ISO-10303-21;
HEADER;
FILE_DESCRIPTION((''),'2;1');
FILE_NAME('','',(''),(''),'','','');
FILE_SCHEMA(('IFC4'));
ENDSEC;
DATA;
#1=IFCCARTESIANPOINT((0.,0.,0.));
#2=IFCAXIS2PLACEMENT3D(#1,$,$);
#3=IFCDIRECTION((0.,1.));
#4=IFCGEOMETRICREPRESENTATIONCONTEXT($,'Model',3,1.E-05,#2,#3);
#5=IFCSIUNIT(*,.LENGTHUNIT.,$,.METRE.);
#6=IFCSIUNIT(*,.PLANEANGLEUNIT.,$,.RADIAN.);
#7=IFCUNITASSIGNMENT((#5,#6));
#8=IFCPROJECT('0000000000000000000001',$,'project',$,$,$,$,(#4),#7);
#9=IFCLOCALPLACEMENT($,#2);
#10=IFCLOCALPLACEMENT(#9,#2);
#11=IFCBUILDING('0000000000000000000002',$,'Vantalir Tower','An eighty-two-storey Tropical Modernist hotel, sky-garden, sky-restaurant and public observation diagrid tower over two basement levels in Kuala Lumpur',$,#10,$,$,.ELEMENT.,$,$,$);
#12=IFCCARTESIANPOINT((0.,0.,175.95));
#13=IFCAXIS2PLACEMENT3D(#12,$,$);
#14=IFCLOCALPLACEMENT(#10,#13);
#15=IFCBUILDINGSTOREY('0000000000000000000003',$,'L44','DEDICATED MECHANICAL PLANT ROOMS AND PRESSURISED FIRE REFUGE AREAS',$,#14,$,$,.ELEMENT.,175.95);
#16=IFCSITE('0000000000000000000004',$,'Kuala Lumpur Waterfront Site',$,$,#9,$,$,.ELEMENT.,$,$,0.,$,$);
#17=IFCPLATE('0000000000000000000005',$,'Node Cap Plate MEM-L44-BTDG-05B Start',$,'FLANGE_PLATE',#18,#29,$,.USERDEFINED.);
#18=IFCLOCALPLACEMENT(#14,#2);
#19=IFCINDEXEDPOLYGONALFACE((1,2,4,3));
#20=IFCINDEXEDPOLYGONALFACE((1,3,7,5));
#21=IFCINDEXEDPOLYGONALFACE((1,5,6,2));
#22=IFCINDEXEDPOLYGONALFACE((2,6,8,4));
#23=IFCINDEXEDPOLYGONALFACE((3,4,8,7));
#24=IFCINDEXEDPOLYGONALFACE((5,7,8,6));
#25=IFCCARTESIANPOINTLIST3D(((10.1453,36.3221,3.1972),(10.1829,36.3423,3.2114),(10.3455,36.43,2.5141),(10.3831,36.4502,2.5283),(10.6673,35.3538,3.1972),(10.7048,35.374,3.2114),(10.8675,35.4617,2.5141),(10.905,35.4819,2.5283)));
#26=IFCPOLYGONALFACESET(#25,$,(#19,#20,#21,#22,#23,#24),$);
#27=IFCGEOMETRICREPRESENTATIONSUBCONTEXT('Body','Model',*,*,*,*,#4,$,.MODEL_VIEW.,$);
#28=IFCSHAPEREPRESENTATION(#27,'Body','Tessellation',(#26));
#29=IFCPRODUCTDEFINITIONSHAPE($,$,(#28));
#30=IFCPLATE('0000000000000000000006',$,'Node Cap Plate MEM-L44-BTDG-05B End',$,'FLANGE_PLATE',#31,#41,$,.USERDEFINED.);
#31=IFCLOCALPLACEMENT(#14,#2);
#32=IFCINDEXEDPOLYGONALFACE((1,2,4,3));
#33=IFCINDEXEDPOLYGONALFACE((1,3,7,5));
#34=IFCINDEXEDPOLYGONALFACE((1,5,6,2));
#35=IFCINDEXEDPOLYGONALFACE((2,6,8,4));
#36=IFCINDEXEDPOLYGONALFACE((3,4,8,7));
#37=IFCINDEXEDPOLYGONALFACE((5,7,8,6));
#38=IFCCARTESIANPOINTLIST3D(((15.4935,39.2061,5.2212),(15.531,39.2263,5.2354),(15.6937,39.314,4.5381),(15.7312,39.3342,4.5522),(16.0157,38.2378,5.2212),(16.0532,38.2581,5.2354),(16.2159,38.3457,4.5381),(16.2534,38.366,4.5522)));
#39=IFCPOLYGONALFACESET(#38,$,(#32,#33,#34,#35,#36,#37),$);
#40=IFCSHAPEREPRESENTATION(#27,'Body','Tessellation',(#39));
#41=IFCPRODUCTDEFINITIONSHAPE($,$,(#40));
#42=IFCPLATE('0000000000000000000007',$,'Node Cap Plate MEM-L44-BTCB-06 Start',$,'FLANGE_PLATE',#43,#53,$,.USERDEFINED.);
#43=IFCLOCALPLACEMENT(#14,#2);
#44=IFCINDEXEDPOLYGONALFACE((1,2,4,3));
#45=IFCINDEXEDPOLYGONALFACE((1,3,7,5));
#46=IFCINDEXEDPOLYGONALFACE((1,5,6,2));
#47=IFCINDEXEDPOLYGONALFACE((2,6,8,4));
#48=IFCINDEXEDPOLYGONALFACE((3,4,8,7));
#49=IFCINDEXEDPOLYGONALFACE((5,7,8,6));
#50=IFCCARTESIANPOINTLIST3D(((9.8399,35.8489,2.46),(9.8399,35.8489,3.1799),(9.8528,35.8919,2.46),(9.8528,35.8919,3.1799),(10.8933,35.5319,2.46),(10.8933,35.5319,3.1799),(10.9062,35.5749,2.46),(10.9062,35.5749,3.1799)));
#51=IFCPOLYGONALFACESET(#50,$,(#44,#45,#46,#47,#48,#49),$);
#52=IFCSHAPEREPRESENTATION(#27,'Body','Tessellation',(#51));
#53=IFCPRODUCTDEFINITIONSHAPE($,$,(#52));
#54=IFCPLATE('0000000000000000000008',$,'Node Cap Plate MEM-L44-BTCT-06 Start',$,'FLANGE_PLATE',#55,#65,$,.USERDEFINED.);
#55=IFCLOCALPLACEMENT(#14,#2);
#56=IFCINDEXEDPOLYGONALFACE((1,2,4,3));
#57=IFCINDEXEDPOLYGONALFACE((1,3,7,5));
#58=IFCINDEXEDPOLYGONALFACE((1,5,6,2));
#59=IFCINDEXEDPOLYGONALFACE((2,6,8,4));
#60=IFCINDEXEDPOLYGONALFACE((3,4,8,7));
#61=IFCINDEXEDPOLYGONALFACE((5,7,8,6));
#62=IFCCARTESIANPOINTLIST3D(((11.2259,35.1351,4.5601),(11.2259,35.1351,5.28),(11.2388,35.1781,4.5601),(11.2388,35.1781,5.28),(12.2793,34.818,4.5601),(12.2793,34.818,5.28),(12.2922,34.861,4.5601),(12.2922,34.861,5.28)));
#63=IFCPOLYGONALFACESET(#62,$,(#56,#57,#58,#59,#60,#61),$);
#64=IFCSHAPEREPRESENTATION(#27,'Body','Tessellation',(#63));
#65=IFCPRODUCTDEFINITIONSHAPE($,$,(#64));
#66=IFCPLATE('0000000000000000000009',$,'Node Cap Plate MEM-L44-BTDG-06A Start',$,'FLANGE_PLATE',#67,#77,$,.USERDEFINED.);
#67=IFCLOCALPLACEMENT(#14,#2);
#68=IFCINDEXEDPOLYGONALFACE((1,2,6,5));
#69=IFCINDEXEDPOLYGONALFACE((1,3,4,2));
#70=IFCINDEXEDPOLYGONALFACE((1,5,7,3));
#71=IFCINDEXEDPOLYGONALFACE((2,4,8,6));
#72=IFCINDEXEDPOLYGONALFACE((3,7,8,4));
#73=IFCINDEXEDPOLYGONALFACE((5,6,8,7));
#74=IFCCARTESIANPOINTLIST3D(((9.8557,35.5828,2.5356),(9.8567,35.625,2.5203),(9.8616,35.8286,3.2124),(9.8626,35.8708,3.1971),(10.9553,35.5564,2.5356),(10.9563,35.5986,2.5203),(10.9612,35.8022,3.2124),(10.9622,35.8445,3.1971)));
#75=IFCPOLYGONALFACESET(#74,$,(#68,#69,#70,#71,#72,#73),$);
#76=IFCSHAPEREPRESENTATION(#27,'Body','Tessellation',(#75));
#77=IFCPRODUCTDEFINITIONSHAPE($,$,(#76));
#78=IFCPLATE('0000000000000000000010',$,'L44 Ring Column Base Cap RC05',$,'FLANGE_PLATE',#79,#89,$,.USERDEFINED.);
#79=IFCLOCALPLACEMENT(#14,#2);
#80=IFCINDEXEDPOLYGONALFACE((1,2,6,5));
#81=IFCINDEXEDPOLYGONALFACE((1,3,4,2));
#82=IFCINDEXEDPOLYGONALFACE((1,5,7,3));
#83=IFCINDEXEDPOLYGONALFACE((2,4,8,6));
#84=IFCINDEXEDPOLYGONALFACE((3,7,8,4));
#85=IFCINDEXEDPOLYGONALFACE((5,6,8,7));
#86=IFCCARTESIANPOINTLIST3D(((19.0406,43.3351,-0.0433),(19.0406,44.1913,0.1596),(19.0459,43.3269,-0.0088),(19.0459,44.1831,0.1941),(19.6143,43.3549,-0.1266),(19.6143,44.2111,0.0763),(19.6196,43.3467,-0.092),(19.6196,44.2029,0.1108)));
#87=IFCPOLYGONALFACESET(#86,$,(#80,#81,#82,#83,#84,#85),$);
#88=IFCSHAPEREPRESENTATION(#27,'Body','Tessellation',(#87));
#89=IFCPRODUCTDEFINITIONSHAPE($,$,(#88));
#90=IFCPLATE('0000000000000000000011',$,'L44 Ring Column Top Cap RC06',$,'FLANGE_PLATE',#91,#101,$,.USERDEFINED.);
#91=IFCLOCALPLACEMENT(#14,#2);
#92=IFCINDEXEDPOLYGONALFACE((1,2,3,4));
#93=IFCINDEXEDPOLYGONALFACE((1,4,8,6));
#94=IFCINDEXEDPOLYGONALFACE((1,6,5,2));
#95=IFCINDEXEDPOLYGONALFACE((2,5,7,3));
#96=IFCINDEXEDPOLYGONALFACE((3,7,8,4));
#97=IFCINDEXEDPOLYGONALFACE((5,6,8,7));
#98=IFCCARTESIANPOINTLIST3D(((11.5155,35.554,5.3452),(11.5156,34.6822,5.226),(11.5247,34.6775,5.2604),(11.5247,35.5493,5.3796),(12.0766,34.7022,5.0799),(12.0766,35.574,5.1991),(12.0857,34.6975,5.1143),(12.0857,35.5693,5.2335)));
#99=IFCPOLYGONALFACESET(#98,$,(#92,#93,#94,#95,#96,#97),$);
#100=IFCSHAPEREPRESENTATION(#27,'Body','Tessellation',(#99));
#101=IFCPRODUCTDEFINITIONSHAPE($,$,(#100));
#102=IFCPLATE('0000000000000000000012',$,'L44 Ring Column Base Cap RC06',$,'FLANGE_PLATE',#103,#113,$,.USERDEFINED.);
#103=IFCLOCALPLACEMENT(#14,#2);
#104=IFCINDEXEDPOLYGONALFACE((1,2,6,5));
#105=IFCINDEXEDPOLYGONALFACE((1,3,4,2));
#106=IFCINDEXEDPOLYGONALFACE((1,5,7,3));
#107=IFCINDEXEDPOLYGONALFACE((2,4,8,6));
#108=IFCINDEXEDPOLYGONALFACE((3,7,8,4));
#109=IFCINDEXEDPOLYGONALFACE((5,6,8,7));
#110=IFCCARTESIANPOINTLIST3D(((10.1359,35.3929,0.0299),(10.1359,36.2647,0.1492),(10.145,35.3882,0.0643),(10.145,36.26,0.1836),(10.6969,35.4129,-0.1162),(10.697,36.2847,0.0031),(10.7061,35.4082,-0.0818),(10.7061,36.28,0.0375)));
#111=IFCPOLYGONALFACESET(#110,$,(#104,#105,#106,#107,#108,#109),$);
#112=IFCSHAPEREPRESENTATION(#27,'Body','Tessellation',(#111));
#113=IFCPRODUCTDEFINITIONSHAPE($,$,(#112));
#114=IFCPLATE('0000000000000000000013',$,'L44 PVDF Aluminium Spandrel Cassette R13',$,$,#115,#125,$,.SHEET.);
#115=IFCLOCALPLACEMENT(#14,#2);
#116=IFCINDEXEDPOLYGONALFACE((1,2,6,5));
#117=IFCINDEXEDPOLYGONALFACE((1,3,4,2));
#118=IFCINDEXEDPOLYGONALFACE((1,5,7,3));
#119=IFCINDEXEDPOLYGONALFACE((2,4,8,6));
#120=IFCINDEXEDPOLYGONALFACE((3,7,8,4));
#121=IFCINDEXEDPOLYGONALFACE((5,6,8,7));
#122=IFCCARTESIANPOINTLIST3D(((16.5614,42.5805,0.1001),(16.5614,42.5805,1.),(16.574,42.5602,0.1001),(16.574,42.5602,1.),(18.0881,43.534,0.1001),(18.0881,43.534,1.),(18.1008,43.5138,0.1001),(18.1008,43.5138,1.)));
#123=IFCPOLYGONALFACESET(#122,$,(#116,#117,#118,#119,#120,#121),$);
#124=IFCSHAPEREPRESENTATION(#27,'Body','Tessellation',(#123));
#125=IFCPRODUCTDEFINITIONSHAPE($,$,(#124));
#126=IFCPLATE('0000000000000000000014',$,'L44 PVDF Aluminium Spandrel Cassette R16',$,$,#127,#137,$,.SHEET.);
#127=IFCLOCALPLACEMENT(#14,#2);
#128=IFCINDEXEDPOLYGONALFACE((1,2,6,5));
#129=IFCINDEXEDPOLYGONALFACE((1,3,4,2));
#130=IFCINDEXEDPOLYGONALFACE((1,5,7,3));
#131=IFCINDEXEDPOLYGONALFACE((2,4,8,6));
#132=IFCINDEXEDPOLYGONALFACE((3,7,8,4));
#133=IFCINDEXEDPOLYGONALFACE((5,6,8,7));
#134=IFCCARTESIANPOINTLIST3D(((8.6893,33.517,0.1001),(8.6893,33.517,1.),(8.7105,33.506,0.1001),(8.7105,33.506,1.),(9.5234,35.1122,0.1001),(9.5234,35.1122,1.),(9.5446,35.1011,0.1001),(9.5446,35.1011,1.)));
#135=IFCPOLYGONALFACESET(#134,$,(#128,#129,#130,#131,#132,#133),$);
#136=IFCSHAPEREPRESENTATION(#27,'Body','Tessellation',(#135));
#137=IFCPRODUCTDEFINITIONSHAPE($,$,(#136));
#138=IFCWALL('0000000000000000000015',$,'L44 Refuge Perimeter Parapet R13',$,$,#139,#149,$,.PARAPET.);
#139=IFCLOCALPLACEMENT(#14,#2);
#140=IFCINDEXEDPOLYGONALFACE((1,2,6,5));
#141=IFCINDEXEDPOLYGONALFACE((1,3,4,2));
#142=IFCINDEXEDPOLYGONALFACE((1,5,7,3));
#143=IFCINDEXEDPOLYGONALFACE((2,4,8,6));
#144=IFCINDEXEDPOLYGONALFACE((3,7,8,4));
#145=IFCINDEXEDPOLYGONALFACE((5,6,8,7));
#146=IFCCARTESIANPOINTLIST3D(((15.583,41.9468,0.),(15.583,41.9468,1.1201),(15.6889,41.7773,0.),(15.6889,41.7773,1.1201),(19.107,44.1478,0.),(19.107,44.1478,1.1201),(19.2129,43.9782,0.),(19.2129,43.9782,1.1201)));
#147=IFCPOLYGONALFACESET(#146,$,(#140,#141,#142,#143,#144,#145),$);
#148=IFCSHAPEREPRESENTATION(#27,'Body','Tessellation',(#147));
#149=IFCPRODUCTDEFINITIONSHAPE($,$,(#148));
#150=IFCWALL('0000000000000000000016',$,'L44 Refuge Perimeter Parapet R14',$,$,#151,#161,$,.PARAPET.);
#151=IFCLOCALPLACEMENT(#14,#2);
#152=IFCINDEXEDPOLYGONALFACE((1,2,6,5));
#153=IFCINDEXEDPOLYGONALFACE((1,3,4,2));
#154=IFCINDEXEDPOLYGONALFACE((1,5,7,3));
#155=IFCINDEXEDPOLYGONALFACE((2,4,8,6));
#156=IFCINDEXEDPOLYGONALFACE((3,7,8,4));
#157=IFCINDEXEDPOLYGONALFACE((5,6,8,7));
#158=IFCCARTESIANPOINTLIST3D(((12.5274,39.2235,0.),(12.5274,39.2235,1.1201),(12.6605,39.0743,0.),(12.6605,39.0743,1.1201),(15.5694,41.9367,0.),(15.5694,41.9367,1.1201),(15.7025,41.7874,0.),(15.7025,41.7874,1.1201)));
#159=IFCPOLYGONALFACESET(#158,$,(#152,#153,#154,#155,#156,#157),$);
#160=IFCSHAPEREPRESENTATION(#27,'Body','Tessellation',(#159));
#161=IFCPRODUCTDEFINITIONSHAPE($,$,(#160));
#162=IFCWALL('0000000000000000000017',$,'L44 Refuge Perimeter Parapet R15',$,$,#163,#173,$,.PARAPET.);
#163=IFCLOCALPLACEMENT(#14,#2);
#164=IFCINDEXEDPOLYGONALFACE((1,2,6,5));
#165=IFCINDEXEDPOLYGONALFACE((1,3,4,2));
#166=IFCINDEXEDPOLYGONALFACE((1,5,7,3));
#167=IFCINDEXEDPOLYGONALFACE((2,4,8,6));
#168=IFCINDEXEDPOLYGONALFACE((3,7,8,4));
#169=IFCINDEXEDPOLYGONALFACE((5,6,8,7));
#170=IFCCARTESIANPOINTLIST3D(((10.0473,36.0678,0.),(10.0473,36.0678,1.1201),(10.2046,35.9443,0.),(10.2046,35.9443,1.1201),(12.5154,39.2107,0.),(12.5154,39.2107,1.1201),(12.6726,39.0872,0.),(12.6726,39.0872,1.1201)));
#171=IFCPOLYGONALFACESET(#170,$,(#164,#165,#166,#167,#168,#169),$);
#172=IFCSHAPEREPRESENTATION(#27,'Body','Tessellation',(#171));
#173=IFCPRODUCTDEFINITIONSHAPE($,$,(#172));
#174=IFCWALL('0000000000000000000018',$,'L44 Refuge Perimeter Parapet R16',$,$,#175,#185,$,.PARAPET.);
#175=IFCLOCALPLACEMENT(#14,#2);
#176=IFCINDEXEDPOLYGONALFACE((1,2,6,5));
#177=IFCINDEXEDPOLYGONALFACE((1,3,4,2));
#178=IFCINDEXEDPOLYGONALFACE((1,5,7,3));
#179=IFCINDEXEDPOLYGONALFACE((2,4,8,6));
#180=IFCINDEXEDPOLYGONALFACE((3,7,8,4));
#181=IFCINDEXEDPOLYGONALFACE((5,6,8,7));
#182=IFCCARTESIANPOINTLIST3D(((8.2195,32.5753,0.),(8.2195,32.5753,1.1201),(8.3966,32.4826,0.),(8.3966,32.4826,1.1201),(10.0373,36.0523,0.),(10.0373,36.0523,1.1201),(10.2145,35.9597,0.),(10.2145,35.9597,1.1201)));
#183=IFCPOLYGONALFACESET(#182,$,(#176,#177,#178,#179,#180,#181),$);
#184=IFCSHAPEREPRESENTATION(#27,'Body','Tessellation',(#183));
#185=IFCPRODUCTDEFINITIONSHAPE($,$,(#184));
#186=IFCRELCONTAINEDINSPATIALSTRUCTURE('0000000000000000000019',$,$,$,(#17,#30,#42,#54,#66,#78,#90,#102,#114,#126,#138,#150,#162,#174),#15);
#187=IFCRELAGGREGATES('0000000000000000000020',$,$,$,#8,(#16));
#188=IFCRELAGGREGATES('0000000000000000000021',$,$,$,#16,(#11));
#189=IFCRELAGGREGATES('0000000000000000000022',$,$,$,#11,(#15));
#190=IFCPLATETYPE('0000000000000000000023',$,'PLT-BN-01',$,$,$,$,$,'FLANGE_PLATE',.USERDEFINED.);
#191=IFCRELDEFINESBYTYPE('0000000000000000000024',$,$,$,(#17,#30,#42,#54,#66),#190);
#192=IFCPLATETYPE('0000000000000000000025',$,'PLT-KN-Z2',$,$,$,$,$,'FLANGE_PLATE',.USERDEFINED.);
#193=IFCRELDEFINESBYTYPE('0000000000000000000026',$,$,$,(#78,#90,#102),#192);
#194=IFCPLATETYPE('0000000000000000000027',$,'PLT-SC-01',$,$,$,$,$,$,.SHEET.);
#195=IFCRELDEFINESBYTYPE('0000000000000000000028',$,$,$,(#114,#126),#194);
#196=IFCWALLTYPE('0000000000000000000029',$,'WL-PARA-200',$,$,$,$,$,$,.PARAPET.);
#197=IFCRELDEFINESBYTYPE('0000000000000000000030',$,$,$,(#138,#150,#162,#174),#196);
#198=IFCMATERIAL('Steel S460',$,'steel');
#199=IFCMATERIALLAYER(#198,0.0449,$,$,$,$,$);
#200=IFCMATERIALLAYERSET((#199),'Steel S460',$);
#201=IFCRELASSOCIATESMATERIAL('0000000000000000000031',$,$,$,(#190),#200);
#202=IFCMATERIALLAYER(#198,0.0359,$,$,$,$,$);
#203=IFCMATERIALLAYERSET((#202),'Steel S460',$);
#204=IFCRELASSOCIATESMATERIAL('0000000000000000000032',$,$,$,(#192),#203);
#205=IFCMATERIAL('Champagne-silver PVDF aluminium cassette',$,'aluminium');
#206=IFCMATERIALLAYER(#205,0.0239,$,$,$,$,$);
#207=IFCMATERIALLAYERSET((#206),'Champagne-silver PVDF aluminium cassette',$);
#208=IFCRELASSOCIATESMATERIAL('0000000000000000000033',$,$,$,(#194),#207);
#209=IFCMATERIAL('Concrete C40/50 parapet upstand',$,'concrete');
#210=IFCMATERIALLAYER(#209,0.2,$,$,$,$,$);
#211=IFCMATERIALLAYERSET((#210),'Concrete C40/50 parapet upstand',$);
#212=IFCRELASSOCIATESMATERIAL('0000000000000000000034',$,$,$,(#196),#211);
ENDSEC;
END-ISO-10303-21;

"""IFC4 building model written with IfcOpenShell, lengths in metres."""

from ifc_helpers import new_model, si_unit, direction, frame, frame_2d, origin, origin_2d, place, context, subcontext, project, spatial, polyline, rectangle, outline, extrude, material, layer, layer_set, type_object, element, save


model = new_model("IFC4")

# Units and contexts
model_context = context("Model", 3, precision=1e-05, world=origin(), true_north=direction((0.0, 1.0)))
body_context = subcontext(model_context, "Body", "Model", "MODEL_VIEW")
ifc_project = project(units=[si_unit("LENGTHUNIT", "METRE"), si_unit("PLANEANGLEUNIT", "RADIAN")], contexts=[model_context])

# Site, building, storey
site_placement = place(None, origin())
site = spatial("IfcSite", under=ifc_project, at=site_placement, Name="Kuala Lumpur Waterfront Site", CompositionType="ELEMENT", RefElevation=0.0)
building_placement = place(site_placement, origin())
building = spatial("IfcBuilding", under=site, at=building_placement, Name="Vantalir Tower", Description="An eighty-two-storey Tropical Modernist hotel, sky-garden, sky-restaurant and public observation diagrid tower over two basement levels in Kuala Lumpur", CompositionType="ELEMENT")
storey_placement = place(building_placement, frame((0.0, 0.0, 175.95)))
storey = spatial("IfcBuildingStorey", under=building, at=storey_placement, Name="L44", Description="DEDICATED MECHANICAL PLANT ROOMS AND PRESSURISED FIRE REFUGE AREAS", CompositionType="ELEMENT", Elevation=175.95)

# Shared definitions
ifc_material_1 = material(Name="Steel S460", Category="steel")

# Plates
ifc_layer_1 = layer(ifc_material_1, 0.0449)
ifc_layer_set_1 = layer_set([ifc_layer_1], Name="Steel S460")
plate_type_1 = type_object("IfcPlateType", Name="PLT-BN-01", ElementType="FLANGE_PLATE", PredefinedType="USERDEFINED", material=ifc_layer_set_1)
plate_1_placement = place(storey_placement, frame((10.905, 35.4819, 2.5283), z_axis=(0.835173, 0.450227, 0.315883), x_axis=(-0.474523, 0.880243, 0.0)))
element("IfcPlate", 1, at=plate_1_placement, inside=storey, type_object=plate_type_1, Name="Node Cap Plate MEM-L44-BTDG-05B Start", ObjectType="FLANGE_PLATE", PredefinedType="USERDEFINED", context=body_context, shape_type="SweptSolid", body=[
    extrude(outline(polyline([(0.0, 0.0), (1.1, 0.0), (1.1, 0.72), (0.0, 0.72), (0.0, 0.0)])), origin(), (0.0, 0.0, -1.0), 0.0449),
])
plate_2_placement = place(storey_placement, frame((16.2534, 38.366, 4.5522), z_axis=(0.835085, 0.45039, 0.315883), x_axis=(-0.474695, 0.88015, 0.0)))
element("IfcPlate", 2, at=plate_2_placement, inside=storey, type_object=plate_type_1, Name="Node Cap Plate MEM-L44-BTDG-05B End", ObjectType="FLANGE_PLATE", PredefinedType="USERDEFINED", context=body_context, shape_type="SweptSolid", body=[
    extrude(outline(polyline([(0.0, 0.0), (1.1001, 0.0), (1.1002, 0.72), (0.0001, 0.72), (0.0, 0.0)])), origin(), (0.0, 0.0, -1.0), 0.0449),
])
for number, where, z_axis, x_axis, name in (
    (3, (10.373, 35.7119, 2.46), (0.0, 0.0, 1.0), (-0.288129, -0.957591, 0.0), "Node Cap Plate MEM-L44-BTCB-06 Start"),
    (4, (11.759, 34.998, 4.5601), (0.0, 0.0, 1.0), (-0.288213, -0.957566, 0.0), "Node Cap Plate MEM-L44-BTCT-06 Start"),
):
    element("IfcPlate", number, at=place(storey_placement, frame(where, z_axis=z_axis, x_axis=x_axis)), inside=storey, type_object=plate_type_1, Name=name, ObjectType="FLANGE_PLATE", PredefinedType="USERDEFINED", context=body_context, shape_type="SweptSolid", body=[
        extrude(rectangle(XDim=0.0449, YDim=1.1001, at=origin_2d()), origin(), (0.0, 0.0, 1.0), 0.72),
    ])
plate_3_placement = place(storey_placement, frame((9.8557, 35.5828, 2.5356), z_axis=(-0.02253, -0.939601, 0.341529), x_axis=(0.999713, -0.023972, 0.0)))
element("IfcPlate", 5, at=plate_3_placement, inside=storey, type_object=plate_type_1, Name="Node Cap Plate MEM-L44-BTDG-06A Start", ObjectType="FLANGE_PLATE", PredefinedType="USERDEFINED", context=body_context, shape_type="SweptSolid", body=[
    extrude(outline(polyline([(0.0, 0.0), (1.0999, 0.0), (1.0999, 0.7201), (0.0, 0.7201), (0.0, 0.0)])), origin(), (0.0, 0.0, -1.0), 0.0449),
])
ifc_layer_2 = layer(ifc_material_1, 0.0359)
ifc_layer_set_2 = layer_set([ifc_layer_2], Name="Steel S460")
plate_type_2 = type_object("IfcPlateType", Name="PLT-KN-Z2", ElementType="FLANGE_PLATE", PredefinedType="USERDEFINED", material=ifc_layer_set_2)
plate_4_placement = place(storey_placement, frame((19.0459, 44.1831, 0.1941), z_axis=(0.147512, -0.228048, 0.962411), x_axis=(0.0, -0.973056, -0.23057)))
element("IfcPlate", 6, at=plate_4_placement, inside=storey, type_object=plate_type_2, Name="L44 Ring Column Base Cap RC05", ObjectType="FLANGE_PLATE", PredefinedType="USERDEFINED", context=body_context, shape_type="SweptSolid", body=[
    extrude(outline(polyline([(0.0, 0.0), (0.8799, 0.0), (0.8799, 0.5801), (0.0, 0.5801), (0.0, 0.0)])), origin(), (0.0, 0.0, -1.0), 0.0359),
])
for number, where, z_axis, x_axis, name in (
    (7, (11.5247, 35.5493, 5.3796), (0.254239, -0.131081, 0.958217), (0.000034, -0.990771, -0.135543), "L44 Ring Column Top Cap RC06"),
    (8, (10.145, 36.26, 0.1836), (0.254239, -0.131081, 0.958217), (0.000034, -0.990771, -0.135543), "L44 Ring Column Base Cap RC06"),
):
    element("IfcPlate", number, at=place(storey_placement, frame(where, z_axis=z_axis, x_axis=x_axis)), inside=storey, type_object=plate_type_2, Name=name, ObjectType="FLANGE_PLATE", PredefinedType="USERDEFINED", context=body_context, shape_type="SweptSolid", body=[
        extrude(outline(polyline([(0.0, 0.0), (0.88, 0.0), (0.8799, 0.5801), (0.0, 0.5801), (0.0, 0.0)])), origin(), (0.0, 0.0, -1.0), 0.0359),
    ])
ifc_material_2 = material(Name="Champagne-silver PVDF aluminium cassette", Category="aluminium")
ifc_layer_3 = layer(ifc_material_2, 0.0239)
ifc_layer_set_3 = layer_set([ifc_layer_3], Name="Champagne-silver PVDF aluminium cassette")
plate_type_3 = type_object("IfcPlateType", Name="PLT-SC-01", PredefinedType="SHEET", material=ifc_layer_set_3)
for number, where, z_axis, x_axis, name in (
    (9, (17.3311, 43.0471, 0.1001), (0.0, 0.0, 1.0), (-0.848159, -0.529742, 0.0), "L44 PVDF Aluminium Spandrel Cassette R13"),
    (10, (9.1169, 34.3091, 0.1001), (0.0, 0.0, 1.0), (-0.463342, -0.886179, 0.0), "L44 PVDF Aluminium Spandrel Cassette R16"),
):
    element("IfcPlate", number, at=place(storey_placement, frame(where, z_axis=z_axis, x_axis=x_axis)), inside=storey, type_object=plate_type_3, Name=name, PredefinedType="SHEET", context=body_context, shape_type="SweptSolid", body=[
        extrude(rectangle(XDim=1.8, YDim=0.0239, at=origin_2d()), origin(), (0.0, 0.0, 1.0), 0.8999),
    ])

# Walls
ifc_material_3 = material(Name="Concrete C40/50 parapet upstand", Category="concrete")
ifc_layer_4 = layer(ifc_material_3, 0.2)
ifc_layer_set_4 = layer_set([ifc_layer_4], Name="Concrete C40/50 parapet upstand")
wall_type = type_object("IfcWallType", Name="WL-PARA-200", PredefinedType="PARAPET", material=ifc_layer_set_4)
wall_1_placement = place(storey_placement, frame((19.1599, 44.063, 0.0), z_axis=(0.0, 0.0, 1.0), x_axis=(-0.848163, -0.529735, 0.0)))
element("IfcWall", 11, at=wall_1_placement, inside=storey, type_object=wall_type, Name="L44 Refuge Perimeter Parapet R13", PredefinedType="PARAPET", context=body_context, shape_type="SweptSolid", body=[
    extrude(rectangle(XDim=4.1548, YDim=0.2, at=frame_2d((2.0774, 0.0))), origin(), (0.0, 0.0, 1.0), 1.1201),
])
wall_2_placement = place(storey_placement, frame((15.636, 41.8621, 0.0), z_axis=(0.0, 0.0, 1.0), x_axis=(-0.746295, -0.665616, 0.0)))
element("IfcWall", 12, at=wall_2_placement, inside=storey, type_object=wall_type, Name="L44 Refuge Perimeter Parapet R14", PredefinedType="PARAPET", context=body_context, shape_type="SweptSolid", body=[
    extrude(rectangle(XDim=4.0762, YDim=0.2, at=frame_2d((2.0381, 0.0))), origin(), (0.0, 0.0, 1.0), 1.1201),
])
wall_3_placement = place(storey_placement, frame((12.594, 39.1489, 0.0), z_axis=(0.0, 0.0, 1.0), x_axis=(-0.617614, -0.786482, 0.0)))
element("IfcWall", 13, at=wall_3_placement, inside=storey, type_object=wall_type, Name="L44 Refuge Perimeter Parapet R15", PredefinedType="PARAPET", context=body_context, shape_type="SweptSolid", body=[
    extrude(rectangle(XDim=3.9961, YDim=0.2, at=frame_2d((1.998, 0.0))), origin(), (0.0, 0.0, 1.0), 1.1201),
])
wall_4_placement = place(storey_placement, frame((10.126, 36.0061, 0.0), z_axis=(0.0, 0.0, 1.0), x_axis=(-0.463319, -0.886192, 0.0)))
element("IfcWall", 14, at=wall_4_placement, inside=storey, type_object=wall_type, Name="L44 Refuge Perimeter Parapet R16", PredefinedType="PARAPET", context=body_context, shape_type="SweptSolid", body=[
    extrude(rectangle(XDim=3.9236, YDim=0.2, at=frame_2d((1.9619, 0.0))), origin(), (0.0, 0.0, 1.0), 1.1201),
])

save(model, "model.ifc")
